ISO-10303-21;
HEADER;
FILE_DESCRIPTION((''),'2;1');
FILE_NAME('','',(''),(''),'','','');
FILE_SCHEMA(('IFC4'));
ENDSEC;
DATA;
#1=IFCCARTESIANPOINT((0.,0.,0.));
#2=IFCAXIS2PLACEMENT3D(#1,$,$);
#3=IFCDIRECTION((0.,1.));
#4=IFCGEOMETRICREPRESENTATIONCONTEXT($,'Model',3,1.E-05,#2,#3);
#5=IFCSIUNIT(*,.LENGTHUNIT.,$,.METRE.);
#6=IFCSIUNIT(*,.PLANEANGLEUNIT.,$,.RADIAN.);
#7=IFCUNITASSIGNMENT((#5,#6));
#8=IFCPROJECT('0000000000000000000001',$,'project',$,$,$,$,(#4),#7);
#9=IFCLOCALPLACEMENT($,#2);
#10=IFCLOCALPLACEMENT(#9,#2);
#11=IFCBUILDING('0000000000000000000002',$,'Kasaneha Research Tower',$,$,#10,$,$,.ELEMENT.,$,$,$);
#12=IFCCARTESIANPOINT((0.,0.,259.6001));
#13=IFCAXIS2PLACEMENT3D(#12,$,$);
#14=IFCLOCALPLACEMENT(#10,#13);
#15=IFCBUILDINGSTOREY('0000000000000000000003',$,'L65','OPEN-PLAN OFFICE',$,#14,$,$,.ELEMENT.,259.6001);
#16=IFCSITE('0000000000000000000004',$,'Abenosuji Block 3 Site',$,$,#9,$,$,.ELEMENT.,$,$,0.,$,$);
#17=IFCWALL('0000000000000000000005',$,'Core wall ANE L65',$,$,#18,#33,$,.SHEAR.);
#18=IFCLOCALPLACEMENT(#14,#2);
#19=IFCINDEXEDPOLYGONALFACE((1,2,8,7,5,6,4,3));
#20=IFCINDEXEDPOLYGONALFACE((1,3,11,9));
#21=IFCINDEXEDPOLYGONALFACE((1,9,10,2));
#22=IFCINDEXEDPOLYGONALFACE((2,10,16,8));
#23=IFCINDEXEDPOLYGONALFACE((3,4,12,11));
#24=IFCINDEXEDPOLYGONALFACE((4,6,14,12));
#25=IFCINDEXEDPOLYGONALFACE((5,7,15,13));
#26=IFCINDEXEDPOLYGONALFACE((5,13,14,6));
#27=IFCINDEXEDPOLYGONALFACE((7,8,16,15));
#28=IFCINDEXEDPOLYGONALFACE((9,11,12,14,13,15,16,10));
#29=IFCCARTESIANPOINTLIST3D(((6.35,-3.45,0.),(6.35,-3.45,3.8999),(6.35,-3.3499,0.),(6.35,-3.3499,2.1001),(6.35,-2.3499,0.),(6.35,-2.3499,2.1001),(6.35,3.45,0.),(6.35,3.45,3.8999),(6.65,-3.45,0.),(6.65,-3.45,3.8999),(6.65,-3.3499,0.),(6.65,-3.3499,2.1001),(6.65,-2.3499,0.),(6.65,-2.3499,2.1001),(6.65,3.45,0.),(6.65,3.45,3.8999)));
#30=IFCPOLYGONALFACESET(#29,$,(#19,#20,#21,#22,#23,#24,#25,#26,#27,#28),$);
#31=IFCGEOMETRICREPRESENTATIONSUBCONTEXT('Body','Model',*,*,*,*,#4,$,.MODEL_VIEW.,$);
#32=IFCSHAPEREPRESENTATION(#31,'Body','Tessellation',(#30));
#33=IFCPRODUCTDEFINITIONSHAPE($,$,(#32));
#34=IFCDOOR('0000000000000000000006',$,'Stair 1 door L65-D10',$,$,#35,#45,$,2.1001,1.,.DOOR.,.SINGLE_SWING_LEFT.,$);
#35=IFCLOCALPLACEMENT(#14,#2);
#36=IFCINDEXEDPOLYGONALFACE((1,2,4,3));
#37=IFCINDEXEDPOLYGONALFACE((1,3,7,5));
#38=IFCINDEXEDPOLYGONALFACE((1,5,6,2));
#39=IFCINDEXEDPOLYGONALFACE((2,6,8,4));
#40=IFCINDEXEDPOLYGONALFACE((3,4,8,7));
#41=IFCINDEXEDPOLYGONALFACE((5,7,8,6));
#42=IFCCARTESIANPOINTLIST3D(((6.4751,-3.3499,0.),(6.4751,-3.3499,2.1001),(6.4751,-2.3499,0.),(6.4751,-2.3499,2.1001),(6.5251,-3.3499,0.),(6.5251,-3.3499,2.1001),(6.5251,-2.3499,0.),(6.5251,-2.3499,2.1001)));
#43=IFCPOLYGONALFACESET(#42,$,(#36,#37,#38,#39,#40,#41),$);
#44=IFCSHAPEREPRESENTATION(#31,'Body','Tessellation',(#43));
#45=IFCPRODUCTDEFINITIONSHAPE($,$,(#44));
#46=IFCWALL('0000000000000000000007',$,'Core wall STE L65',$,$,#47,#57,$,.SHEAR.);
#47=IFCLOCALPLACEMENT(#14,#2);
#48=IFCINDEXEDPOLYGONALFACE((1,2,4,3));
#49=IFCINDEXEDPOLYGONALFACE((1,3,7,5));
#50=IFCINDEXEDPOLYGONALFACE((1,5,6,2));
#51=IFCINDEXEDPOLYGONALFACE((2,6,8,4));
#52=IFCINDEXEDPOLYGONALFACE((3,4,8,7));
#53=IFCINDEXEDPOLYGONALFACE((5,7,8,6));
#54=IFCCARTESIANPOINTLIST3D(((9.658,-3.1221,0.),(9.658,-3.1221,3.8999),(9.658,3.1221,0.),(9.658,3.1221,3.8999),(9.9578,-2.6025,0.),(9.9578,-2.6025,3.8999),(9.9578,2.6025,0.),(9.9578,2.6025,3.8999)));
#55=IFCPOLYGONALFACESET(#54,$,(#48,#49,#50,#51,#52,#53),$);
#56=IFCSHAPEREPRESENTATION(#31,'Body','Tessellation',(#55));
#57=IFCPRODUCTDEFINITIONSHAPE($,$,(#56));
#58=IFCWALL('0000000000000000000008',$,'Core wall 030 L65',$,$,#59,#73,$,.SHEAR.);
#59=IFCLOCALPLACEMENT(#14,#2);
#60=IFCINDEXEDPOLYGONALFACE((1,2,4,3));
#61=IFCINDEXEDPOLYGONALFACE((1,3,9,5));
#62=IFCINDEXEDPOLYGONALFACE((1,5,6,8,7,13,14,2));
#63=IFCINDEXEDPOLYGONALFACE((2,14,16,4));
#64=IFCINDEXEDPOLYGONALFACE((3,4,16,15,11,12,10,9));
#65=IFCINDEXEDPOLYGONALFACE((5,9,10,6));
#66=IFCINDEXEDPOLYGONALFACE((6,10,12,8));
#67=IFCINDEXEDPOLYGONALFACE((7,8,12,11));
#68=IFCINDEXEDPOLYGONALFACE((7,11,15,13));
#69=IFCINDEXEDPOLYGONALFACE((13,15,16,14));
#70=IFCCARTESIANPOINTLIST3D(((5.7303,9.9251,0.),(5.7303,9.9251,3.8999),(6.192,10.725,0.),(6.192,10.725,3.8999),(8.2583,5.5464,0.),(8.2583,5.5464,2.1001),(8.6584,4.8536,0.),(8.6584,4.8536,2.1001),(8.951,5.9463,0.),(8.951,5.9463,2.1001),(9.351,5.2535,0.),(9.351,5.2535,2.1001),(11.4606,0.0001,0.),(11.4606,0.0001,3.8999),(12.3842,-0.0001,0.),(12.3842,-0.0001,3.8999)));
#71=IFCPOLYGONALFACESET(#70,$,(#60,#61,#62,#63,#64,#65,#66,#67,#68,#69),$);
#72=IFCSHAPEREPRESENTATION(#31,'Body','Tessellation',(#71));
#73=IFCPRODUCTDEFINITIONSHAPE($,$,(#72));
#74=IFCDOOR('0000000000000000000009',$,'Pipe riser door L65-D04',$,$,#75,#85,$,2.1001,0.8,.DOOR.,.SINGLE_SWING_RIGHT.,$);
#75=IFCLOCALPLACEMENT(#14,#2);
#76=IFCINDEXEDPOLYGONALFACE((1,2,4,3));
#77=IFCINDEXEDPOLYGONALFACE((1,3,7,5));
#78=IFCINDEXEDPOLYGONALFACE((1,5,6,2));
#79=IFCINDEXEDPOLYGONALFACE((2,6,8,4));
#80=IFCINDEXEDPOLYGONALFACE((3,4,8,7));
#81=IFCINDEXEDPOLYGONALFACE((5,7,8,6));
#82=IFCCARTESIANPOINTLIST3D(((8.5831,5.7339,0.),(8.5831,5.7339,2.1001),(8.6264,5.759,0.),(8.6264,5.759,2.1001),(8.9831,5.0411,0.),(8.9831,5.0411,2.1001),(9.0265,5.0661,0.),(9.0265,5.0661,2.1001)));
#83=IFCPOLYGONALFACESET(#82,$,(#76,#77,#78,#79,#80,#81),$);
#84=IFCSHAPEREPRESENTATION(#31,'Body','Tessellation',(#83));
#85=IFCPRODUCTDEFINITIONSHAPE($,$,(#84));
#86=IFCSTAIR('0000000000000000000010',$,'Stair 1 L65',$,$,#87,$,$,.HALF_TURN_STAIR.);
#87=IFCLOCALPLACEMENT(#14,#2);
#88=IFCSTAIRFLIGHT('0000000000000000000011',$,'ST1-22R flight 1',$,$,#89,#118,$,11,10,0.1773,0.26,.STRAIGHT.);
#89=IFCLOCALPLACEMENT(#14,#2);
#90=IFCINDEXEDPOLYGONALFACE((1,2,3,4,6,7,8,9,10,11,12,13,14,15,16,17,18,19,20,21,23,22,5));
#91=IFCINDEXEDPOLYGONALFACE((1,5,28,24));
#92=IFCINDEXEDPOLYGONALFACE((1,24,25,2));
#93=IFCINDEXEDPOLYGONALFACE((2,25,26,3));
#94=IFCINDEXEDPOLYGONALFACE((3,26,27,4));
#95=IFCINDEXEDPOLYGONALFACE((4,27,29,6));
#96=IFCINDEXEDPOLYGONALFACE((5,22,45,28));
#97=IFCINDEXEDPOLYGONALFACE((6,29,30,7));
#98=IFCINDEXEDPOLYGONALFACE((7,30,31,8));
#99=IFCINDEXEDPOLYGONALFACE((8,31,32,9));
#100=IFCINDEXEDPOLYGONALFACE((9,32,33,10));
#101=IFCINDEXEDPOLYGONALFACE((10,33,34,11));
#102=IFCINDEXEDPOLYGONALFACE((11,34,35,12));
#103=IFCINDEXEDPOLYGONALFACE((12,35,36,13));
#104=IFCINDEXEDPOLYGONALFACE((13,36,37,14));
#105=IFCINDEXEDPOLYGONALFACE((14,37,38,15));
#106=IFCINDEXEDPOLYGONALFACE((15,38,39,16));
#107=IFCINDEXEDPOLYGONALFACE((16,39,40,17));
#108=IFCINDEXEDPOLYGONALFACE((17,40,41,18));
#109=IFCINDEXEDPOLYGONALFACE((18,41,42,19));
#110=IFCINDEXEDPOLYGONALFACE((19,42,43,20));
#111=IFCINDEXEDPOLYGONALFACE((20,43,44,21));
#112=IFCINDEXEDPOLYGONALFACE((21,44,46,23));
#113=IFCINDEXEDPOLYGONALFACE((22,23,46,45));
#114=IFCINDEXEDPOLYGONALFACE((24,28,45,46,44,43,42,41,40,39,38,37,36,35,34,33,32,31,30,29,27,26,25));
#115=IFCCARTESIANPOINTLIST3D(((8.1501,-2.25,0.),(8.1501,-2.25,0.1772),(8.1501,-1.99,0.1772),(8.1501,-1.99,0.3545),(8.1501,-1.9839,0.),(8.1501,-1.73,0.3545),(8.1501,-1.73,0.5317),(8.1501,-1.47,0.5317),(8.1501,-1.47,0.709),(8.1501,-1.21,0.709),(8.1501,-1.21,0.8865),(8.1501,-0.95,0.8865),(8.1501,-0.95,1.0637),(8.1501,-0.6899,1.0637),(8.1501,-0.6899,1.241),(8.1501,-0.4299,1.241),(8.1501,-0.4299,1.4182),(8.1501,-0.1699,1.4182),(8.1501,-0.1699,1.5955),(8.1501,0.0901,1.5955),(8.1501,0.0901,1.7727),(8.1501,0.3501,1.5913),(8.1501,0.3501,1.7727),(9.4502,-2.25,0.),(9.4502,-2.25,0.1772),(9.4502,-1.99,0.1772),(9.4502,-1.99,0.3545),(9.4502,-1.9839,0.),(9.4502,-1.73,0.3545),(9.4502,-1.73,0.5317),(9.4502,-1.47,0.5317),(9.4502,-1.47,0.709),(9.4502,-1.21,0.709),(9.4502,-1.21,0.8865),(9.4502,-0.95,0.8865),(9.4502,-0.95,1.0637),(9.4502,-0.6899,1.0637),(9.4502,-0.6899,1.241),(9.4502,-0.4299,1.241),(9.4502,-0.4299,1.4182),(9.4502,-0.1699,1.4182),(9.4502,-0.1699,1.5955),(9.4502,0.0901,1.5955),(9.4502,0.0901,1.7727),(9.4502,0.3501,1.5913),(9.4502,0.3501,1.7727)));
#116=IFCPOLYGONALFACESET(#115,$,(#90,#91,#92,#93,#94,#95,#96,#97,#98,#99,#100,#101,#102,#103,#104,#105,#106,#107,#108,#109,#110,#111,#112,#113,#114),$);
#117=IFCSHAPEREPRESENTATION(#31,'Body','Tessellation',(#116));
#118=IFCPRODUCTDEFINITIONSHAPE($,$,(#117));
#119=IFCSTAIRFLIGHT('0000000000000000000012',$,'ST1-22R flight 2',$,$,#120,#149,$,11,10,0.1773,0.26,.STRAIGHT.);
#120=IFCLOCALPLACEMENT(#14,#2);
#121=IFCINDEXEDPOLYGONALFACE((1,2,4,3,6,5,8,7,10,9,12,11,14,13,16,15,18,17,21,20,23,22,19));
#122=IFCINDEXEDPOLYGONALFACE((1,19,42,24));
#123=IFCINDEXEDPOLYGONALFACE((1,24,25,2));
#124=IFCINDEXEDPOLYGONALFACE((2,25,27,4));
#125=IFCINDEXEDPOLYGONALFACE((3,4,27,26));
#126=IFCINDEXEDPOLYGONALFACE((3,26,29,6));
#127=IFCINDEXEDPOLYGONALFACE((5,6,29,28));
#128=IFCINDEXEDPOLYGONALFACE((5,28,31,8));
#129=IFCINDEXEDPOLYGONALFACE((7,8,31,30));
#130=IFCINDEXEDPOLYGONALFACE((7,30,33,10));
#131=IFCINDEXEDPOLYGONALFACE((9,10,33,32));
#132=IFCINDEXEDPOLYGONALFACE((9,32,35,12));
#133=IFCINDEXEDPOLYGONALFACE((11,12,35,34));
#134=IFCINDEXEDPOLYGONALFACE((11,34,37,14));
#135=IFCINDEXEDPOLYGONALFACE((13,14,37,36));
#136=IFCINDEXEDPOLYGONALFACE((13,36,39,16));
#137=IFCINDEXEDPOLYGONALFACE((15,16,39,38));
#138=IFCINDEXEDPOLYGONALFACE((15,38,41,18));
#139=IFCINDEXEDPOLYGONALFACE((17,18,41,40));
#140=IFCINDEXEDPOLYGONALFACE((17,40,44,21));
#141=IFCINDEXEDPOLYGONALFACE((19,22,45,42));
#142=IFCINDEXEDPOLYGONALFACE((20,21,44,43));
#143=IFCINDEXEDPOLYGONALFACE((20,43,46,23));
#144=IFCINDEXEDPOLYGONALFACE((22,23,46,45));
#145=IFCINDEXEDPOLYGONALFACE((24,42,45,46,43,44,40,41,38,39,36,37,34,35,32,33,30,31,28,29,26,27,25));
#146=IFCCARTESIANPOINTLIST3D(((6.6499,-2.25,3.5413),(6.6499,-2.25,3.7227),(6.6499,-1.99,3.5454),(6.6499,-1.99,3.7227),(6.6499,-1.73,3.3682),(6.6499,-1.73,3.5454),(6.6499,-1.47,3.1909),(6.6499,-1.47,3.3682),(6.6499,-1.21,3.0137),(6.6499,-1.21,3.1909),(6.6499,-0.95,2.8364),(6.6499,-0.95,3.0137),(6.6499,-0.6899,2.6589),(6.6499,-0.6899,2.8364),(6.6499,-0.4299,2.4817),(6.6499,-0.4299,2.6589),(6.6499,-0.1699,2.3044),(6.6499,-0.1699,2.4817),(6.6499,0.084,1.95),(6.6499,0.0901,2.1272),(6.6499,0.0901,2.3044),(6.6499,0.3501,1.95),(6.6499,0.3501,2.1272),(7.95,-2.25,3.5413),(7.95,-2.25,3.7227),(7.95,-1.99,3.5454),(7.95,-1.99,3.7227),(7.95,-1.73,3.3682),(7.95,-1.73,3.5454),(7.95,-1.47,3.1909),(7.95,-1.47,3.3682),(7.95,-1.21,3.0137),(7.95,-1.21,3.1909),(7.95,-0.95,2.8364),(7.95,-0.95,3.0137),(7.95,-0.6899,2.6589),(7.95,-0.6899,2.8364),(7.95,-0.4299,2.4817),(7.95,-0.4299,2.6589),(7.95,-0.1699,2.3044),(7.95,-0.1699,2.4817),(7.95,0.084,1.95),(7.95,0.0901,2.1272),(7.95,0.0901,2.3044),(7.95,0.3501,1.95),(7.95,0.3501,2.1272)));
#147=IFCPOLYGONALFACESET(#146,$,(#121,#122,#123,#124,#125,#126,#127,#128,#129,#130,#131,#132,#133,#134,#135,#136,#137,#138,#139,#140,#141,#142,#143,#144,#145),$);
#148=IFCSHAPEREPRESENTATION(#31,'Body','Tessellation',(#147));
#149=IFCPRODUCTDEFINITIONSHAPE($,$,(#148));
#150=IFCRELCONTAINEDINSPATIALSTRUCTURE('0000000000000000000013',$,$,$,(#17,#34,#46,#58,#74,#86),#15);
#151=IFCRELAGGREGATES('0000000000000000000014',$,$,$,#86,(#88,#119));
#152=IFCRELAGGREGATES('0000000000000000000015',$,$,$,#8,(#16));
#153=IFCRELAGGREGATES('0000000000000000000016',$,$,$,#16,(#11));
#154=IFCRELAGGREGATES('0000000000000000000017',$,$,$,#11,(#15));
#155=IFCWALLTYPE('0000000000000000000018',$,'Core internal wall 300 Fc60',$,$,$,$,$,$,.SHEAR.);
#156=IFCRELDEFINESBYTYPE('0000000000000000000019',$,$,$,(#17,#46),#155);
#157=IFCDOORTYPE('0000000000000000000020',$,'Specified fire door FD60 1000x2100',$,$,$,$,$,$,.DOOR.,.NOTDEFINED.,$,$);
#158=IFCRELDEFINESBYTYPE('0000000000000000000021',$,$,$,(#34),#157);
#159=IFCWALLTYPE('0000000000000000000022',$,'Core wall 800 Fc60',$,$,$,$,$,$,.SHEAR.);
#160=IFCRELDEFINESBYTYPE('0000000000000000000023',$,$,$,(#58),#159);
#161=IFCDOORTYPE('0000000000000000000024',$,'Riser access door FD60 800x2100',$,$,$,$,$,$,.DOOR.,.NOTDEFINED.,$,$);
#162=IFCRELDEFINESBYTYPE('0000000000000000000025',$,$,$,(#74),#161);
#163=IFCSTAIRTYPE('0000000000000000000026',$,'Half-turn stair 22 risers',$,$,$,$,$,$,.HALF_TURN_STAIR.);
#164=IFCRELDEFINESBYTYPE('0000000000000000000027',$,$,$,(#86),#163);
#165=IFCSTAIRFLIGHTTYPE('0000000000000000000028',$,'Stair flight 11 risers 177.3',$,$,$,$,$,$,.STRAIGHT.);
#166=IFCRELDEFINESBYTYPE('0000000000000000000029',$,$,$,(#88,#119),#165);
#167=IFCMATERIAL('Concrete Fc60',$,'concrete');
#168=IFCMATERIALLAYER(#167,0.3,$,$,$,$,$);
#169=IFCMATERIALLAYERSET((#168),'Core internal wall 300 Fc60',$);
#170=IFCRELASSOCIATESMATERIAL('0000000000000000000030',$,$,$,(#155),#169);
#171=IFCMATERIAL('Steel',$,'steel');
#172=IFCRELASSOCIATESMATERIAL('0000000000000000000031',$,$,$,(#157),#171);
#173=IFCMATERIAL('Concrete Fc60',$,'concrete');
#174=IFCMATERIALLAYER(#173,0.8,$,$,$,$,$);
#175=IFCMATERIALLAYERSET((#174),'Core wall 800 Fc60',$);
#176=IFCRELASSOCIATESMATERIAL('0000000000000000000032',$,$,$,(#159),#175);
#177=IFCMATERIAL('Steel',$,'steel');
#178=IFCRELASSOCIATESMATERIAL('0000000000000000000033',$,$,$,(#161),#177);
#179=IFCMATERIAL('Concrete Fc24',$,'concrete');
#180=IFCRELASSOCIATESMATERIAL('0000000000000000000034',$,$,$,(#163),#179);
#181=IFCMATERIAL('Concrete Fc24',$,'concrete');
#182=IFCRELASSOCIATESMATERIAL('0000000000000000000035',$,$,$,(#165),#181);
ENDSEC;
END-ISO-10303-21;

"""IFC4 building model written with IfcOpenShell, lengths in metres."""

from ifc_helpers import new_model, si_unit, direction, frame, frame_2d, origin, place, context, subcontext, project, spatial, polyline, rectangle, outline, extrude, material, layer, layer_set, type_object, element, fill, aggregate, save


model = new_model("IFC4")

# Units and contexts
model_context = context("Model", 3, precision=1e-05, world=origin(), true_north=direction((0.0, 1.0)))
body_context = subcontext(model_context, "Body", "Model", "MODEL_VIEW")
ifc_project = project(units=[si_unit("LENGTHUNIT", "METRE"), si_unit("PLANEANGLEUNIT", "RADIAN")], contexts=[model_context])

# Site, building, storey
site_placement = place(None, origin())
site = spatial("IfcSite", under=ifc_project, at=site_placement, Name="Abenosuji Block 3 Site", CompositionType="ELEMENT", RefElevation=0.0)
building_placement = place(site_placement, origin())
building = spatial("IfcBuilding", under=site, at=building_placement, Name="Kasaneha Research Tower", CompositionType="ELEMENT")
storey_placement = place(building_placement, frame((0.0, 0.0, 259.6001)))
storey = spatial("IfcBuildingStorey", under=building, at=storey_placement, Name="L65", Description="OPEN-PLAN OFFICE", CompositionType="ELEMENT", Elevation=259.6001)

# Shared definitions
ifc_material_1 = material(Name="Concrete Fc60", Category="concrete")
ifc_layer_1 = layer(ifc_material_1, 0.3)
ifc_layer_set_1 = layer_set([ifc_layer_1], Name="Core internal wall 300 Fc60")
wall_type_1 = type_object("IfcWallType", Name="Core internal wall 300 Fc60", PredefinedType="SHEAR", material=ifc_layer_set_1)

# Wall, opening, door
ifc_material_2 = material(Name="Steel", Category="steel")
door_type_1 = type_object("IfcDoorType", Name="Specified fire door FD60 1000x2100", OperationType="NOTDEFINED", PredefinedType="DOOR", material=ifc_material_2)
wall_1_placement = place(storey_placement, frame((6.5, -3.45, 0.0), z_axis=(0.0, 0.0, 1.0), x_axis=(0.0, 1.0, 0.0)))
wall_1 = element("IfcWall", 1, at=wall_1_placement, inside=storey, type_object=wall_type_1, Name="Core wall ANE L65", PredefinedType="SHEAR", context=body_context, shape_type="SweptSolid", body=[
    extrude(rectangle(XDim=6.8999, YDim=0.3, at=frame_2d((3.45, 0.0))), origin(), (0.0, 0.0, 1.0), 3.8999),
])
opening_1_placement = place(wall_1_placement, frame((0.1001, 0.0, 0.0)))
opening_1 = element("IfcOpeningElement", 2, at=opening_1_placement, cuts=wall_1, PredefinedType="OPENING", context=body_context, shape_type="SweptSolid", body=[
    extrude(rectangle(XDim=1.0, YDim=2.1001, at=frame_2d((0.5, 1.05))), frame((0.0, 0.1602, 0.0), z_axis=(0.0, -1.0, 0.0), x_axis=(1.0, 0.0, 0.0)), (0.0, 0.0, 1.0), 0.3201),
])
door_1_placement = place(opening_1_placement, origin())
door_1 = element("IfcDoor", 3, at=door_1_placement, inside=storey, type_object=door_type_1, Name="Stair 1 door L65-D10", OperationType="SINGLE_SWING_LEFT", OverallHeight=2.1001, OverallWidth=1.0, PredefinedType="DOOR", context=body_context, shape_type="SweptSolid", body=[
    extrude(rectangle(XDim=1.0, YDim=2.1001, at=frame_2d((0.5, 1.05))), frame((0.0, 0.0249, 0.0), z_axis=(0.0, -1.0, 0.0), x_axis=(1.0, 0.0, 0.0)), (0.0, 0.0, 1.0), 0.05),
])
fill(opening_1, door_1)

# Wall
wall_2_placement = place(storey_placement, frame((9.8079, -2.8623, 0.0), z_axis=(0.0, 0.0, 1.0), x_axis=(0.0, 1.0, 0.0)))
element("IfcWall", 4, at=wall_2_placement, inside=storey, type_object=wall_type_1, Name="Core wall STE L65", PredefinedType="SHEAR", context=body_context, shape_type="SweptSolid", body=[
    extrude(outline(polyline([(0.2598, -0.1499), (5.4648, -0.1499), (5.9844, 0.1499), (-0.2598, 0.1499), (0.2598, -0.1499)])), origin(), (0.0, 0.0, 1.0), 3.8999),
])

# Wall, opening, door
ifc_material_3 = material(Name="Concrete Fc60", Category="concrete")
ifc_layer_2 = layer(ifc_material_3, 0.8)
ifc_layer_set_2 = layer_set([ifc_layer_2], Name="Core wall 800 Fc60")
wall_type_2 = type_object("IfcWallType", Name="Core wall 800 Fc60", PredefinedType="SHEAR", material=ifc_layer_set_2)
wall_3_placement = place(storey_placement, frame((11.9224, 0.0, 0.0), z_axis=(0.0, 0.0, 1.0), x_axis=(-0.500004, 0.866023, 0.0)))
wall_3 = element("IfcWall", 5, at=wall_3_placement, inside=storey, type_object=wall_type_2, Name="Core wall 030 L65", PredefinedType="SHEAR", context=body_context, shape_type="SweptSolid", body=[
    extrude(outline(polyline([(-0.231, -0.3999), (5.8354, -0.3999), (6.6355, -0.3999), (12.1533, -0.3999), (11.6914, 0.3999), (6.6355, 0.3999), (5.8354, 0.3999), (0.231, 0.3999), (-0.231, -0.3999)])), origin(), (0.0, 0.0, 1.0), 3.8999),
])
opening_2_placement = place(wall_3_placement, frame((5.8354, 0.0, 0.0)))
opening_2 = element("IfcOpeningElement", 6, at=opening_2_placement, cuts=wall_3, PredefinedType="OPENING", context=body_context, shape_type="SweptSolid", body=[
    extrude(rectangle(XDim=0.8, YDim=2.1001, at=frame_2d((0.3999, 1.05))), frame((0.0, 0.4102, 0.0), z_axis=(0.0, -1.0, 0.0), x_axis=(1.0, 0.0, 0.0)), (0.0, 0.0, 1.0), 0.8201),
])
ifc_material_4 = material(Name="Steel", Category="steel")
door_type_2 = type_object("IfcDoorType", Name="Riser access door FD60 800x2100", OperationType="NOTDEFINED", PredefinedType="DOOR", material=ifc_material_4)
door_2_placement = place(opening_2_placement, origin())
door_2 = element("IfcDoor", 7, at=door_2_placement, inside=storey, type_object=door_type_2, Name="Pipe riser door L65-D04", OperationType="SINGLE_SWING_RIGHT", OverallHeight=2.1001, OverallWidth=0.8, PredefinedType="DOOR", context=body_context, shape_type="SweptSolid", body=[
    extrude(rectangle(XDim=0.8, YDim=2.1001, at=frame_2d((0.3999, 1.05))), frame((0.0, 0.0249, 0.0), z_axis=(0.0, -1.0, 0.0), x_axis=(1.0, 0.0, 0.0)), (0.0, 0.0, 1.0), 0.05),
])
fill(opening_2, door_2)

# Stair, stair flights
ifc_material_5 = material(Name="Concrete Fc24", Category="concrete")
stair_type = type_object("IfcStairType", Name="Half-turn stair 22 risers", PredefinedType="HALF_TURN_STAIR", material=ifc_material_5)
stair_placement = place(storey_placement, origin())
stair = element("IfcStair", 8, at=stair_placement, inside=storey, type_object=stair_type, Name="Stair 1 L65", PredefinedType="HALF_TURN_STAIR")
ifc_material_6 = material(Name="Concrete Fc24", Category="concrete")
stair_flight_type = type_object("IfcStairFlightType", Name="Stair flight 11 risers 177.3", PredefinedType="STRAIGHT", material=ifc_material_6)
stair_flight_1_placement = place(storey_placement, frame((8.8, -2.25, 0.0), z_axis=(0.0, 0.0, 1.0), x_axis=(0.0, 1.0, 0.0)))
stair_flight_1 = element("IfcStairFlight", 9, at=stair_flight_1_placement, type_object=stair_flight_type, Name="ST1-22R flight 1", NumberOfRisers=11, NumberOfTreads=10, PredefinedType="STRAIGHT", RiserHeight=0.1773, TreadLength=0.26, context=body_context, shape_type="SweptSolid", body=[
    extrude(outline(polyline([(0.0, 0.0), (0.0, 0.1772), (0.26, 0.1772), (0.26, 0.3545), (0.52, 0.3545), (0.52, 0.5317), (0.78, 0.5317), (0.78, 0.709), (1.04, 0.709), (1.04, 0.8865), (1.3, 0.8865), (1.3, 1.0637), (1.5601, 1.0637), (1.5601, 1.241), (1.8201, 1.241), (1.8201, 1.4182), (2.0801, 1.4182), (2.0801, 1.5955), (2.3401, 1.5955), (2.3401, 1.7727), (2.6001, 1.7727), (2.6001, 1.95), (2.6001, 1.5913), (0.2661, 0.0), (0.0, 0.0)])), frame((0.0, 0.6499, 0.0), z_axis=(0.0, -1.0, 0.0), x_axis=(1.0, 0.0, 0.0)), (0.0, 0.0, 1.0), 1.3),
])
stair_flight_2_placement = place(storey_placement, frame((7.3, 0.3501, 1.95), z_axis=(0.0, 0.0, 1.0), x_axis=(0.0, -1.0, 0.0)))
stair_flight_2 = element("IfcStairFlight", 10, at=stair_flight_2_placement, type_object=stair_flight_type, Name="ST1-22R flight 2", NumberOfRisers=11, NumberOfTreads=10, PredefinedType="STRAIGHT", RiserHeight=0.1773, TreadLength=0.26, context=body_context, shape_type="SweptSolid", body=[
    extrude(outline(polyline([(0.0, 0.0), (0.0, 0.1772), (0.26, 0.1772), (0.26, 0.3545), (0.52, 0.3545), (0.52, 0.5317), (0.78, 0.5317), (0.78, 0.709), (1.04, 0.709), (1.04, 0.8865), (1.3, 0.8865), (1.3, 1.0637), (1.5601, 1.0637), (1.5601, 1.241), (1.8201, 1.241), (1.8201, 1.4182), (2.0801, 1.4182), (2.0801, 1.5955), (2.3401, 1.5955), (2.3401, 1.7727), (2.6001, 1.7727), (2.6001, 1.95), (2.6001, 1.5913), (0.2661, 0.0), (0.0, 0.0)])), frame((0.0, 0.6499, 0.0), z_axis=(0.0, -1.0, 0.0), x_axis=(1.0, 0.0, 0.0)), (0.0, 0.0, 1.0), 1.3),
])
aggregate(stair, [stair_flight_1, stair_flight_2])

save(model, "model.ifc")
